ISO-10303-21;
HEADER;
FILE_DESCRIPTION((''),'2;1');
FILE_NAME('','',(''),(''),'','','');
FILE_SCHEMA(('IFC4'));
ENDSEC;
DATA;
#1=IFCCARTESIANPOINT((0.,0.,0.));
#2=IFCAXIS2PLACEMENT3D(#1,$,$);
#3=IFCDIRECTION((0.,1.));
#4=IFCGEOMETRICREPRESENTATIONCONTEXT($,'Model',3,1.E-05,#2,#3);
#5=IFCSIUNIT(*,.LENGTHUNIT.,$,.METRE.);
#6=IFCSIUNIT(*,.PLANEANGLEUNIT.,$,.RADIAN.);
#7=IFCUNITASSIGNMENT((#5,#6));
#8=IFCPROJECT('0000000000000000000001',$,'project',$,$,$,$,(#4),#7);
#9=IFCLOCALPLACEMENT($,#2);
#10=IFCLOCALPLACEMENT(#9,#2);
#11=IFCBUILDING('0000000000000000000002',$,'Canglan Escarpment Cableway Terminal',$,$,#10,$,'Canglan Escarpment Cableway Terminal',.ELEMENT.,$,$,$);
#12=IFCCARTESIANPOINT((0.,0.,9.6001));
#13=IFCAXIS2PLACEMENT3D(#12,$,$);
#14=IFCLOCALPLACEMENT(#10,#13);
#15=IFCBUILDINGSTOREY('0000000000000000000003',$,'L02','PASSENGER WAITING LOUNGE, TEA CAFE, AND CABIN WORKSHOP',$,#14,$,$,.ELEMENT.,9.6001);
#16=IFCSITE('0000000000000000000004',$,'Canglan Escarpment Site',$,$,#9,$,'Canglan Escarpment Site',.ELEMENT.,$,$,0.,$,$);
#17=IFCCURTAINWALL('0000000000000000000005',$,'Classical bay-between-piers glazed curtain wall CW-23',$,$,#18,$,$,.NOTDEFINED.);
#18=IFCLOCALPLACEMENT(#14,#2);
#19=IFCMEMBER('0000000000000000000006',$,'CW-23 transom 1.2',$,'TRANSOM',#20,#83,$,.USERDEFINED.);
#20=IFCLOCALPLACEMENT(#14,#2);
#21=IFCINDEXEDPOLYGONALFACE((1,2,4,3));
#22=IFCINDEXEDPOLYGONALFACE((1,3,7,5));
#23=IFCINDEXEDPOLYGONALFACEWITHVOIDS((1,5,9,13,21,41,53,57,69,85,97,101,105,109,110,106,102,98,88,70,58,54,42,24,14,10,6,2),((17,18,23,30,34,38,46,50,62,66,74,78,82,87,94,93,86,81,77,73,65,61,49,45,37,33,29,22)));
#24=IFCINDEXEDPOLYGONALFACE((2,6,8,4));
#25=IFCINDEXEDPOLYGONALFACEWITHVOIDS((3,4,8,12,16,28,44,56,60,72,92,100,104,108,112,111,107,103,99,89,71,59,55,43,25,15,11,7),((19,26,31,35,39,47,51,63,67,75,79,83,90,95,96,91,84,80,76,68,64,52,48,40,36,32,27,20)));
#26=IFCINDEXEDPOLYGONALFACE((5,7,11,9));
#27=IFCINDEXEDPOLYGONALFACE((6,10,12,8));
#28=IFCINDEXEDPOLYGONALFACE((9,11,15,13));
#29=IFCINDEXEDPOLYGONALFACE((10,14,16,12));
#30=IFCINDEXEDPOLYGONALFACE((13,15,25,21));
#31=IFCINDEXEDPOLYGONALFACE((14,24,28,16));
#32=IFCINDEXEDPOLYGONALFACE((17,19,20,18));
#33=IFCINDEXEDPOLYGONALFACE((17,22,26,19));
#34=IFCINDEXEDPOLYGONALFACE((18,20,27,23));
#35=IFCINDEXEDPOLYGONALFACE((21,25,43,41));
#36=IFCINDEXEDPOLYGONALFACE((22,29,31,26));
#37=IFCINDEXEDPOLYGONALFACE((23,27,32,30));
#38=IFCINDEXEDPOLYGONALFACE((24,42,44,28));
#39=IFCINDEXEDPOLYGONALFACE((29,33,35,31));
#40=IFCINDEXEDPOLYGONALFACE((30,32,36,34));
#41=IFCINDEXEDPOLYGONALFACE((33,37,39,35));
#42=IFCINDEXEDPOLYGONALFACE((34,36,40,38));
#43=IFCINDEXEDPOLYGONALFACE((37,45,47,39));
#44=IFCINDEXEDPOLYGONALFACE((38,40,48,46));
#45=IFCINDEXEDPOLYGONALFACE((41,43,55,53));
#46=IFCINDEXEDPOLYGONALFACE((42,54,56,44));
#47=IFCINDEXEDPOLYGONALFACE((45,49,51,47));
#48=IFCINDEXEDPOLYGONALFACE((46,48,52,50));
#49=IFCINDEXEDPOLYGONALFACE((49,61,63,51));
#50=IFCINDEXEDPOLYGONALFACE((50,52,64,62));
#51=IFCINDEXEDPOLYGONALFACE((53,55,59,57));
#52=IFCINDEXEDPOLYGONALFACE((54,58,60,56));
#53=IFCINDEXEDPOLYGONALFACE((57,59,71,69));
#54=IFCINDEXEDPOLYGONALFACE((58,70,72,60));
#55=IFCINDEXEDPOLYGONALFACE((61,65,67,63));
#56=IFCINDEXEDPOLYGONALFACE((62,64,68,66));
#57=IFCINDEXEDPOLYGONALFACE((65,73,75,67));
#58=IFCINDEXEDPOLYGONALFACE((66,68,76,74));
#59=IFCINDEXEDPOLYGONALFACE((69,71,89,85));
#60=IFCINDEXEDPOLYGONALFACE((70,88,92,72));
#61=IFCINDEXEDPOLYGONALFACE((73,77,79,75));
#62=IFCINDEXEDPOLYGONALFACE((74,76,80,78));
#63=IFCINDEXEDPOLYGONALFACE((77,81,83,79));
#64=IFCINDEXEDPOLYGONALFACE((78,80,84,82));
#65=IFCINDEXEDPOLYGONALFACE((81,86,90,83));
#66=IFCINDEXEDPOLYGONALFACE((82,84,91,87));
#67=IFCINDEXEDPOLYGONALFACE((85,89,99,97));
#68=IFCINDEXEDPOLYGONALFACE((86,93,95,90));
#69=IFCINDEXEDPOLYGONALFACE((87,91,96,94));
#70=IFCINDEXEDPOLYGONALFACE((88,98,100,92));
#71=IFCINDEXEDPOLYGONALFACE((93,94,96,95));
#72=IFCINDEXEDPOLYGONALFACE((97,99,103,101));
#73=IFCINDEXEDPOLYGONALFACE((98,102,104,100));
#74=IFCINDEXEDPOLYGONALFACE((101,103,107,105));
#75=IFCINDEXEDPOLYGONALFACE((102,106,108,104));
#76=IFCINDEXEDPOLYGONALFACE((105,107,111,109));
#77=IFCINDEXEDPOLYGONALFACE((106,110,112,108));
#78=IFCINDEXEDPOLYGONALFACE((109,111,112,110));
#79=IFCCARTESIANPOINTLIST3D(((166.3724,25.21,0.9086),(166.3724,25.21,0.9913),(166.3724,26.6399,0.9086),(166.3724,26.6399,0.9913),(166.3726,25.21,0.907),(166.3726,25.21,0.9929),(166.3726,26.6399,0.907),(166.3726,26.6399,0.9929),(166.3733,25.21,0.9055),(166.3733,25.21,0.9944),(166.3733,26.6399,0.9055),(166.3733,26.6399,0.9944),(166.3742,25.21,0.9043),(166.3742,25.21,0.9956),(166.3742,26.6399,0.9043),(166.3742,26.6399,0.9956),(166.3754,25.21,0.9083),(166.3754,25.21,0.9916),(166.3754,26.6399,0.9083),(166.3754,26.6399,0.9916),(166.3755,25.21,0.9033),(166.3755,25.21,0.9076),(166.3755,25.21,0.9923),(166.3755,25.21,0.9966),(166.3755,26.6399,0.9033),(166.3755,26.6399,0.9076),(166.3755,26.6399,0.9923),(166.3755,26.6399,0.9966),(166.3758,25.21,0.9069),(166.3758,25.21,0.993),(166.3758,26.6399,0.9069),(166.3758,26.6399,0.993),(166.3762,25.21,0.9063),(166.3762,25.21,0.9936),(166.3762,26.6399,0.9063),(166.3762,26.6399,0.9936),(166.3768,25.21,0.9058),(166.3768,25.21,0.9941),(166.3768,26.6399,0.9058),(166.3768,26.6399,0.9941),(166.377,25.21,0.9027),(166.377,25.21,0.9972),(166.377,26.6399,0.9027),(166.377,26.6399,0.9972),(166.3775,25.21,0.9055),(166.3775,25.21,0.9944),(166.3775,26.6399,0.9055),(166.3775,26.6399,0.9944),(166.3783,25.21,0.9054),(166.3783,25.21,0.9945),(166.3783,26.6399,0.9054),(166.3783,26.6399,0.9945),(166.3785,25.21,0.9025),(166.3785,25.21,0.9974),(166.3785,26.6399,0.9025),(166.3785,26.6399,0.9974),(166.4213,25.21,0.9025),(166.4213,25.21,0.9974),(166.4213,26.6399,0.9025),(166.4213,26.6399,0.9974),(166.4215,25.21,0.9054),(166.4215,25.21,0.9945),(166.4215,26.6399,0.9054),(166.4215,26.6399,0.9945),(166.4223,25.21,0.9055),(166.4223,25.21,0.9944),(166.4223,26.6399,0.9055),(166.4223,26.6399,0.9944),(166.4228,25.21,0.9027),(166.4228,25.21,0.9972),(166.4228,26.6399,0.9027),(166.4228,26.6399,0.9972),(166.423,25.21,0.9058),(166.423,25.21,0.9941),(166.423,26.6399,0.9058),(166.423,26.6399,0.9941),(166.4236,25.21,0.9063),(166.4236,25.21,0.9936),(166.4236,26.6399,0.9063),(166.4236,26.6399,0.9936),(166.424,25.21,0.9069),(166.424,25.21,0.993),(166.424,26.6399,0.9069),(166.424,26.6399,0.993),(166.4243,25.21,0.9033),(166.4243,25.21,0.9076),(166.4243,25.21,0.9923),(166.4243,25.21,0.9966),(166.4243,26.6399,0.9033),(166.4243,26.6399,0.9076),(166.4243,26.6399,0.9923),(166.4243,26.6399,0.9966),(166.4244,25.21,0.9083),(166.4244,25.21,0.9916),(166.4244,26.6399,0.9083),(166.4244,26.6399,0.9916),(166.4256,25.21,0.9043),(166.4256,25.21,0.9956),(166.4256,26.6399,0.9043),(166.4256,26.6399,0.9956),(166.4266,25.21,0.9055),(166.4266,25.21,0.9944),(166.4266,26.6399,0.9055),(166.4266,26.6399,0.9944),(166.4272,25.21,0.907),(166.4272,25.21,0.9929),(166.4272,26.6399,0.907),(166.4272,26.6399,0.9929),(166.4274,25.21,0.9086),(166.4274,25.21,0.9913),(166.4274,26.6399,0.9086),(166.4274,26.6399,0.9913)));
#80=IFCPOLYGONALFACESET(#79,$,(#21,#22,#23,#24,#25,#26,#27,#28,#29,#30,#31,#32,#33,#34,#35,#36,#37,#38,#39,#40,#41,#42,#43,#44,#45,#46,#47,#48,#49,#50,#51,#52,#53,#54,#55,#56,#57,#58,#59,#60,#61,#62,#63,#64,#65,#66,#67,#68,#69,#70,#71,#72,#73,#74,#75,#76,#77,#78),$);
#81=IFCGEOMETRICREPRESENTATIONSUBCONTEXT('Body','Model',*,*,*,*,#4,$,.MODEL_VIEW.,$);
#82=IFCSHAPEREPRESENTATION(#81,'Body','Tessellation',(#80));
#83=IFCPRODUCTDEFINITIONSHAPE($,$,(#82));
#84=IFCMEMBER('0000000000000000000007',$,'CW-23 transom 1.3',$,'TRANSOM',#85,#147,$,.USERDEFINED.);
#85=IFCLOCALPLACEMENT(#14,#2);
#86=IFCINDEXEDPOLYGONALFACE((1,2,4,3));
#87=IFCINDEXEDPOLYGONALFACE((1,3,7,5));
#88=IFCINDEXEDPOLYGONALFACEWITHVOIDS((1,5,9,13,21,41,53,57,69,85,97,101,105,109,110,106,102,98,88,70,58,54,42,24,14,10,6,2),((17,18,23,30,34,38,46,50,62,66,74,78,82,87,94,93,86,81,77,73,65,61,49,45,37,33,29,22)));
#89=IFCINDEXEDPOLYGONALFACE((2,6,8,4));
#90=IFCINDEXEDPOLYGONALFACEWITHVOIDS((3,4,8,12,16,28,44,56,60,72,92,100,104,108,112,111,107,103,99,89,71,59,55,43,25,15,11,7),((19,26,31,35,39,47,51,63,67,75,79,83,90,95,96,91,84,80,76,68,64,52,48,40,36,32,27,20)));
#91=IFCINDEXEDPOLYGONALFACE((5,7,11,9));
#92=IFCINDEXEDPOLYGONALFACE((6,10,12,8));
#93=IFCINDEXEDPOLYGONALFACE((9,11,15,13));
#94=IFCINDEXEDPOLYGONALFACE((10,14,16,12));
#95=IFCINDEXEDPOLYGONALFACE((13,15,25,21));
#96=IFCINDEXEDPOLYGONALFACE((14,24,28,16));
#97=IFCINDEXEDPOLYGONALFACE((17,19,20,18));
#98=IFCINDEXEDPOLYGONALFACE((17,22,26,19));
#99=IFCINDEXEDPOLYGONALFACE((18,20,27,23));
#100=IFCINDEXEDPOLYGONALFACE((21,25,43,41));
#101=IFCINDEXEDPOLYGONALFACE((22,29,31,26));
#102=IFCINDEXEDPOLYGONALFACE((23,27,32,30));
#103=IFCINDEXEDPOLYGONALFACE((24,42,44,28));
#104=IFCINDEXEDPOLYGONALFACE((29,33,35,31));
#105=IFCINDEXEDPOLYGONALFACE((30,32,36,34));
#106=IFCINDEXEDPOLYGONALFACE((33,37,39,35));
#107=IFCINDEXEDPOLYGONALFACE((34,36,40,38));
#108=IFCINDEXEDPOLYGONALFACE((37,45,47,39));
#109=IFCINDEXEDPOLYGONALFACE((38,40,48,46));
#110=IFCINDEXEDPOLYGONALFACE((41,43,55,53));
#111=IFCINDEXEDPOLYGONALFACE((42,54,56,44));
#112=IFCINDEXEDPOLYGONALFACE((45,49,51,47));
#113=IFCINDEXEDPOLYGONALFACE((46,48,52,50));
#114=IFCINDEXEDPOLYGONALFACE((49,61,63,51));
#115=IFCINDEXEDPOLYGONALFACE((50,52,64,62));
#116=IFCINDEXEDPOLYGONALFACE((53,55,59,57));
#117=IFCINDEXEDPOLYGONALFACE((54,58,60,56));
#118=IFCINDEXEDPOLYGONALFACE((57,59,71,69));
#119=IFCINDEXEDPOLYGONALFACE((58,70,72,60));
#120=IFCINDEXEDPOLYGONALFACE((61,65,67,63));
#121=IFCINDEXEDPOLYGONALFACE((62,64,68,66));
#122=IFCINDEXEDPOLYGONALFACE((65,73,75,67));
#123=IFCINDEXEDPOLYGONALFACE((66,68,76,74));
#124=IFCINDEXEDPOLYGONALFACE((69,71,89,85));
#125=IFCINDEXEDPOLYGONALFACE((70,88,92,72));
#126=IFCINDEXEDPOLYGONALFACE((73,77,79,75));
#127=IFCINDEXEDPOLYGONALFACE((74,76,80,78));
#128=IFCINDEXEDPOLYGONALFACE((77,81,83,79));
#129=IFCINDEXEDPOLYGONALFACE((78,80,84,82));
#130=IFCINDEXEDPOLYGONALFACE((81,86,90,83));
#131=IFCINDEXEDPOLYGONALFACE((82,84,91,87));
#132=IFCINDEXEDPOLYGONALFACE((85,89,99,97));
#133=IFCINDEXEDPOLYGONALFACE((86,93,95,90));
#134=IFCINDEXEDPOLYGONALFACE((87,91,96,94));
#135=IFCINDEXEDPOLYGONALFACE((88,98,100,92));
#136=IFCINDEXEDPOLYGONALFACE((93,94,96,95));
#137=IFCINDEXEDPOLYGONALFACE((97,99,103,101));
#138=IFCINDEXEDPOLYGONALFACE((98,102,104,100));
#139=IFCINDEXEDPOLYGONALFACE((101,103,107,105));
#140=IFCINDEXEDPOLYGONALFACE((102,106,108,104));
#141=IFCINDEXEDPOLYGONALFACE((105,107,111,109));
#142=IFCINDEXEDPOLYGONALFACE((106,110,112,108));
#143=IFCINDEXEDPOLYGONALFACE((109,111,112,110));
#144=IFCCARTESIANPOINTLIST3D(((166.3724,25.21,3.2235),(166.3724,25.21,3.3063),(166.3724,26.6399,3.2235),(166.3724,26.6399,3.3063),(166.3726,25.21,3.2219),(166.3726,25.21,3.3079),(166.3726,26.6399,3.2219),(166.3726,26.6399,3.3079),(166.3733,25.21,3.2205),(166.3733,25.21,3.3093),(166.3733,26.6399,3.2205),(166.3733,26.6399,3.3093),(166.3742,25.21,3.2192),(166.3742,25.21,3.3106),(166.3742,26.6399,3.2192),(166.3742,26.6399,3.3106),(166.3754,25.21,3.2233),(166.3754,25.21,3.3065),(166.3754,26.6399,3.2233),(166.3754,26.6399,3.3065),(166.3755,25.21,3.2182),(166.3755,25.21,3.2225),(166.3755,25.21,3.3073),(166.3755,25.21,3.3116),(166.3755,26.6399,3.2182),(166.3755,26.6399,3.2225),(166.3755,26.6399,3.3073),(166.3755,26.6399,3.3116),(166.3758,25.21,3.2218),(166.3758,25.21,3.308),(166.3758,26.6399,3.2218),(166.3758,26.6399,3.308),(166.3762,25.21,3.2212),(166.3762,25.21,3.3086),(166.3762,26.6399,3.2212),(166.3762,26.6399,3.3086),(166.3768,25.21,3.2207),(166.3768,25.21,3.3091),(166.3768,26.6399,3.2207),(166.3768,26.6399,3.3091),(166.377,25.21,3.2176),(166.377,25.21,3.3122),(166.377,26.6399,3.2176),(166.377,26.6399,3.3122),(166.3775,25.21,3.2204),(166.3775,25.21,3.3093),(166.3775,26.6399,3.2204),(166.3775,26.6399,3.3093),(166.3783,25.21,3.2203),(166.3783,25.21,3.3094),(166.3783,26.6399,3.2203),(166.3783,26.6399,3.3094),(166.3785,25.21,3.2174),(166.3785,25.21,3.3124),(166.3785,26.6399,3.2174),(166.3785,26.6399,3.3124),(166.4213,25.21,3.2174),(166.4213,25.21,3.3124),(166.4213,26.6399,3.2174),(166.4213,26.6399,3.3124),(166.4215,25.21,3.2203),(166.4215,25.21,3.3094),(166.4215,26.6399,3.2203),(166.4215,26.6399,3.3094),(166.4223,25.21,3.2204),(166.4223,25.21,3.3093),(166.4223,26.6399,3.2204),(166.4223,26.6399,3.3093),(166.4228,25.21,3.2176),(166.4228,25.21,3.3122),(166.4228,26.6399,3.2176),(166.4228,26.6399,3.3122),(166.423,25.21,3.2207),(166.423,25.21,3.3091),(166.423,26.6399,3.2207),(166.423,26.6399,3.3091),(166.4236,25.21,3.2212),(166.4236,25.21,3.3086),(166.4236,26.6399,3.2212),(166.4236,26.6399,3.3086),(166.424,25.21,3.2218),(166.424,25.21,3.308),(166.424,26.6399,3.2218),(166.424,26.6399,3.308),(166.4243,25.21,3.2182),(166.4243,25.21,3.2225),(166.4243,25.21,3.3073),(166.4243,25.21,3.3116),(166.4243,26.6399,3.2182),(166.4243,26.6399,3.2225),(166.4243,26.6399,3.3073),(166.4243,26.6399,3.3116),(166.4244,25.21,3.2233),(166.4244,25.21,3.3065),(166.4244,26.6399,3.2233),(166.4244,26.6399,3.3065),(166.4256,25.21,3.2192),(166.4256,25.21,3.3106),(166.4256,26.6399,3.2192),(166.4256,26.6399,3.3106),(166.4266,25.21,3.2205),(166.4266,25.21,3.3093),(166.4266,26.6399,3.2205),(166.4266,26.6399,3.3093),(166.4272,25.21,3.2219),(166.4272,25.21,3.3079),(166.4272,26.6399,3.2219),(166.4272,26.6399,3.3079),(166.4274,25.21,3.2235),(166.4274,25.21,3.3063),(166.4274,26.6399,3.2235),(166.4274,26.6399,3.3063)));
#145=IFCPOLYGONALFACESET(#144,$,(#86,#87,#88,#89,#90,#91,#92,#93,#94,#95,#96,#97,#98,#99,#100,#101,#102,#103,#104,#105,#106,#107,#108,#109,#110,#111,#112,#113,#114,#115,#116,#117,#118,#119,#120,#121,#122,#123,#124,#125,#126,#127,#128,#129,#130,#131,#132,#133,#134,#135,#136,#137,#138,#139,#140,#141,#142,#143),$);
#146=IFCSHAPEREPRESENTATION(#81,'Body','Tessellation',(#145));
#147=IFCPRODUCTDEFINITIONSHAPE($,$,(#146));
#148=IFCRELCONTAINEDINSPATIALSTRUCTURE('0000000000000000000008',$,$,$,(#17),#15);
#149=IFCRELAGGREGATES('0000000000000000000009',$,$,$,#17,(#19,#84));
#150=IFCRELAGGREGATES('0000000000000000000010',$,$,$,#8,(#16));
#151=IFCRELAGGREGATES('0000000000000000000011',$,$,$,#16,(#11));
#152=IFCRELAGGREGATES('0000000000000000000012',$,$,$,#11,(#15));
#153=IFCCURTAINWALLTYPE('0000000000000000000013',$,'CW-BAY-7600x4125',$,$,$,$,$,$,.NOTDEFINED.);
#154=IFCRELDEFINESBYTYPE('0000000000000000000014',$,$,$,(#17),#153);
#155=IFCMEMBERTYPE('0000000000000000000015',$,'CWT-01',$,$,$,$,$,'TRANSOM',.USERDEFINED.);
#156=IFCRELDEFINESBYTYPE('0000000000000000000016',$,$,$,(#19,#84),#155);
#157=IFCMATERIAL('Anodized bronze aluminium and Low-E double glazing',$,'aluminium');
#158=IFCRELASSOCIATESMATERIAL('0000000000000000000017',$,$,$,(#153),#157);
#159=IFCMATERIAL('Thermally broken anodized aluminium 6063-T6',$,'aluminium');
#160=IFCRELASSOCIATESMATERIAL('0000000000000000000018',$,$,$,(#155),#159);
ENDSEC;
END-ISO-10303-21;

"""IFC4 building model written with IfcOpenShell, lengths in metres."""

from ifc_helpers import new_model, si_unit, direction, frame, origin, origin_2d, place, context, subcontext, project, spatial, hollow_rectangle, extrude, material, material_profile, profile_set, type_object, element, aggregate, save


model = new_model("IFC4")

# Units and contexts
model_context = context("Model", 3, precision=1e-05, world=origin(), true_north=direction((0.0, 1.0)))
body_context = subcontext(model_context, "Body", "Model", "MODEL_VIEW")
ifc_project = project(units=[si_unit("LENGTHUNIT", "METRE"), si_unit("PLANEANGLEUNIT", "RADIAN")], contexts=[model_context])

# Site, building, storey
site_placement = place(None, origin())
site = spatial("IfcSite", under=ifc_project, at=site_placement, Name="Canglan Escarpment Site", LongName="Canglan Escarpment Site", CompositionType="ELEMENT", RefElevation=0.0)
building_placement = place(site_placement, origin())
building = spatial("IfcBuilding", under=site, at=building_placement, Name="Canglan Escarpment Cableway Terminal", LongName="Canglan Escarpment Cableway Terminal", CompositionType="ELEMENT")
storey_placement = place(building_placement, frame((0.0, 0.0, 9.6001)))
storey = spatial("IfcBuildingStorey", under=building, at=storey_placement, Name="L02", Description="PASSENGER WAITING LOUNGE, TEA CAFE, AND CABIN WORKSHOP", CompositionType="ELEMENT", Elevation=9.6001)

# Curtain wall
ifc_material_1 = material(Name="Anodized bronze aluminium and Low-E double glazing", Category="aluminium")
curtain_wall_type_1 = type_object("IfcCurtainWallType", Name="CW-BAY-7600x4125", PredefinedType="NOTDEFINED", material=ifc_material_1)
curtain_wall_1_placement = place(storey_placement, origin())
curtain_wall_1 = element("IfcCurtainWall", 1, at=curtain_wall_1_placement, inside=storey, type_object=curtain_wall_type_1, Name="Classical bay-between-piers glazed curtain wall CW-23", PredefinedType="NOTDEFINED")
ifc_material_2 = material(Name="Thermally broken anodized aluminium 6063-T6", Category="aluminium")

# Members
ifc_material_profile_1 = material_profile(ifc_material_2, hollow_rectangle(XDim=0.0549, YDim=0.095, WallThickness=0.0029, InnerFilletRadius=0.0029, OuterFilletRadius=0.0061, at=origin_2d()), Name="ALU-TRAN 55x95x3")
ifc_profile_set_1 = profile_set([ifc_material_profile_1], Name="Thermally broken anodized aluminium 6063-T6")
member_type_1 = type_object("IfcMemberType", Name="CWT-01", ElementType="TRANSOM", PredefinedType="USERDEFINED", material=ifc_profile_set_1)
member_1_placement = place(storey_placement, frame((166.3999, 25.21, 0.95), z_axis=(0.0, 1.0, 0.0), x_axis=(-1.0, 0.0, 0.0)))
member_1 = element("IfcMember", 2, at=member_1_placement, type_object=member_type_1, Name="CW-23 transom 1.2", ObjectType="TRANSOM", PredefinedType="USERDEFINED", context=body_context, shape_type="SweptSolid", body=[
    extrude(hollow_rectangle(XDim=0.0549, YDim=0.095, WallThickness=0.0029, InnerFilletRadius=0.0029, OuterFilletRadius=0.0061, at=origin_2d()), origin(), (0.0, 0.0, 1.0), 1.4299),
])
member_2_placement = place(storey_placement, frame((166.3999, 25.21, 3.2649), z_axis=(0.0, 1.0, 0.0), x_axis=(-1.0, 0.0, 0.0)))
member_2 = element("IfcMember", 3, at=member_2_placement, type_object=member_type_1, Name="CW-23 transom 1.3", ObjectType="TRANSOM", PredefinedType="USERDEFINED", context=body_context, shape_type="SweptSolid", body=[
    extrude(hollow_rectangle(XDim=0.0549, YDim=0.095, WallThickness=0.0029, InnerFilletRadius=0.0029, OuterFilletRadius=0.0061, at=origin_2d()), origin(), (0.0, 0.0, 1.0), 1.4299),
])
aggregate(curtain_wall_1, [member_1, member_2])

save(model, "model.ifc")
